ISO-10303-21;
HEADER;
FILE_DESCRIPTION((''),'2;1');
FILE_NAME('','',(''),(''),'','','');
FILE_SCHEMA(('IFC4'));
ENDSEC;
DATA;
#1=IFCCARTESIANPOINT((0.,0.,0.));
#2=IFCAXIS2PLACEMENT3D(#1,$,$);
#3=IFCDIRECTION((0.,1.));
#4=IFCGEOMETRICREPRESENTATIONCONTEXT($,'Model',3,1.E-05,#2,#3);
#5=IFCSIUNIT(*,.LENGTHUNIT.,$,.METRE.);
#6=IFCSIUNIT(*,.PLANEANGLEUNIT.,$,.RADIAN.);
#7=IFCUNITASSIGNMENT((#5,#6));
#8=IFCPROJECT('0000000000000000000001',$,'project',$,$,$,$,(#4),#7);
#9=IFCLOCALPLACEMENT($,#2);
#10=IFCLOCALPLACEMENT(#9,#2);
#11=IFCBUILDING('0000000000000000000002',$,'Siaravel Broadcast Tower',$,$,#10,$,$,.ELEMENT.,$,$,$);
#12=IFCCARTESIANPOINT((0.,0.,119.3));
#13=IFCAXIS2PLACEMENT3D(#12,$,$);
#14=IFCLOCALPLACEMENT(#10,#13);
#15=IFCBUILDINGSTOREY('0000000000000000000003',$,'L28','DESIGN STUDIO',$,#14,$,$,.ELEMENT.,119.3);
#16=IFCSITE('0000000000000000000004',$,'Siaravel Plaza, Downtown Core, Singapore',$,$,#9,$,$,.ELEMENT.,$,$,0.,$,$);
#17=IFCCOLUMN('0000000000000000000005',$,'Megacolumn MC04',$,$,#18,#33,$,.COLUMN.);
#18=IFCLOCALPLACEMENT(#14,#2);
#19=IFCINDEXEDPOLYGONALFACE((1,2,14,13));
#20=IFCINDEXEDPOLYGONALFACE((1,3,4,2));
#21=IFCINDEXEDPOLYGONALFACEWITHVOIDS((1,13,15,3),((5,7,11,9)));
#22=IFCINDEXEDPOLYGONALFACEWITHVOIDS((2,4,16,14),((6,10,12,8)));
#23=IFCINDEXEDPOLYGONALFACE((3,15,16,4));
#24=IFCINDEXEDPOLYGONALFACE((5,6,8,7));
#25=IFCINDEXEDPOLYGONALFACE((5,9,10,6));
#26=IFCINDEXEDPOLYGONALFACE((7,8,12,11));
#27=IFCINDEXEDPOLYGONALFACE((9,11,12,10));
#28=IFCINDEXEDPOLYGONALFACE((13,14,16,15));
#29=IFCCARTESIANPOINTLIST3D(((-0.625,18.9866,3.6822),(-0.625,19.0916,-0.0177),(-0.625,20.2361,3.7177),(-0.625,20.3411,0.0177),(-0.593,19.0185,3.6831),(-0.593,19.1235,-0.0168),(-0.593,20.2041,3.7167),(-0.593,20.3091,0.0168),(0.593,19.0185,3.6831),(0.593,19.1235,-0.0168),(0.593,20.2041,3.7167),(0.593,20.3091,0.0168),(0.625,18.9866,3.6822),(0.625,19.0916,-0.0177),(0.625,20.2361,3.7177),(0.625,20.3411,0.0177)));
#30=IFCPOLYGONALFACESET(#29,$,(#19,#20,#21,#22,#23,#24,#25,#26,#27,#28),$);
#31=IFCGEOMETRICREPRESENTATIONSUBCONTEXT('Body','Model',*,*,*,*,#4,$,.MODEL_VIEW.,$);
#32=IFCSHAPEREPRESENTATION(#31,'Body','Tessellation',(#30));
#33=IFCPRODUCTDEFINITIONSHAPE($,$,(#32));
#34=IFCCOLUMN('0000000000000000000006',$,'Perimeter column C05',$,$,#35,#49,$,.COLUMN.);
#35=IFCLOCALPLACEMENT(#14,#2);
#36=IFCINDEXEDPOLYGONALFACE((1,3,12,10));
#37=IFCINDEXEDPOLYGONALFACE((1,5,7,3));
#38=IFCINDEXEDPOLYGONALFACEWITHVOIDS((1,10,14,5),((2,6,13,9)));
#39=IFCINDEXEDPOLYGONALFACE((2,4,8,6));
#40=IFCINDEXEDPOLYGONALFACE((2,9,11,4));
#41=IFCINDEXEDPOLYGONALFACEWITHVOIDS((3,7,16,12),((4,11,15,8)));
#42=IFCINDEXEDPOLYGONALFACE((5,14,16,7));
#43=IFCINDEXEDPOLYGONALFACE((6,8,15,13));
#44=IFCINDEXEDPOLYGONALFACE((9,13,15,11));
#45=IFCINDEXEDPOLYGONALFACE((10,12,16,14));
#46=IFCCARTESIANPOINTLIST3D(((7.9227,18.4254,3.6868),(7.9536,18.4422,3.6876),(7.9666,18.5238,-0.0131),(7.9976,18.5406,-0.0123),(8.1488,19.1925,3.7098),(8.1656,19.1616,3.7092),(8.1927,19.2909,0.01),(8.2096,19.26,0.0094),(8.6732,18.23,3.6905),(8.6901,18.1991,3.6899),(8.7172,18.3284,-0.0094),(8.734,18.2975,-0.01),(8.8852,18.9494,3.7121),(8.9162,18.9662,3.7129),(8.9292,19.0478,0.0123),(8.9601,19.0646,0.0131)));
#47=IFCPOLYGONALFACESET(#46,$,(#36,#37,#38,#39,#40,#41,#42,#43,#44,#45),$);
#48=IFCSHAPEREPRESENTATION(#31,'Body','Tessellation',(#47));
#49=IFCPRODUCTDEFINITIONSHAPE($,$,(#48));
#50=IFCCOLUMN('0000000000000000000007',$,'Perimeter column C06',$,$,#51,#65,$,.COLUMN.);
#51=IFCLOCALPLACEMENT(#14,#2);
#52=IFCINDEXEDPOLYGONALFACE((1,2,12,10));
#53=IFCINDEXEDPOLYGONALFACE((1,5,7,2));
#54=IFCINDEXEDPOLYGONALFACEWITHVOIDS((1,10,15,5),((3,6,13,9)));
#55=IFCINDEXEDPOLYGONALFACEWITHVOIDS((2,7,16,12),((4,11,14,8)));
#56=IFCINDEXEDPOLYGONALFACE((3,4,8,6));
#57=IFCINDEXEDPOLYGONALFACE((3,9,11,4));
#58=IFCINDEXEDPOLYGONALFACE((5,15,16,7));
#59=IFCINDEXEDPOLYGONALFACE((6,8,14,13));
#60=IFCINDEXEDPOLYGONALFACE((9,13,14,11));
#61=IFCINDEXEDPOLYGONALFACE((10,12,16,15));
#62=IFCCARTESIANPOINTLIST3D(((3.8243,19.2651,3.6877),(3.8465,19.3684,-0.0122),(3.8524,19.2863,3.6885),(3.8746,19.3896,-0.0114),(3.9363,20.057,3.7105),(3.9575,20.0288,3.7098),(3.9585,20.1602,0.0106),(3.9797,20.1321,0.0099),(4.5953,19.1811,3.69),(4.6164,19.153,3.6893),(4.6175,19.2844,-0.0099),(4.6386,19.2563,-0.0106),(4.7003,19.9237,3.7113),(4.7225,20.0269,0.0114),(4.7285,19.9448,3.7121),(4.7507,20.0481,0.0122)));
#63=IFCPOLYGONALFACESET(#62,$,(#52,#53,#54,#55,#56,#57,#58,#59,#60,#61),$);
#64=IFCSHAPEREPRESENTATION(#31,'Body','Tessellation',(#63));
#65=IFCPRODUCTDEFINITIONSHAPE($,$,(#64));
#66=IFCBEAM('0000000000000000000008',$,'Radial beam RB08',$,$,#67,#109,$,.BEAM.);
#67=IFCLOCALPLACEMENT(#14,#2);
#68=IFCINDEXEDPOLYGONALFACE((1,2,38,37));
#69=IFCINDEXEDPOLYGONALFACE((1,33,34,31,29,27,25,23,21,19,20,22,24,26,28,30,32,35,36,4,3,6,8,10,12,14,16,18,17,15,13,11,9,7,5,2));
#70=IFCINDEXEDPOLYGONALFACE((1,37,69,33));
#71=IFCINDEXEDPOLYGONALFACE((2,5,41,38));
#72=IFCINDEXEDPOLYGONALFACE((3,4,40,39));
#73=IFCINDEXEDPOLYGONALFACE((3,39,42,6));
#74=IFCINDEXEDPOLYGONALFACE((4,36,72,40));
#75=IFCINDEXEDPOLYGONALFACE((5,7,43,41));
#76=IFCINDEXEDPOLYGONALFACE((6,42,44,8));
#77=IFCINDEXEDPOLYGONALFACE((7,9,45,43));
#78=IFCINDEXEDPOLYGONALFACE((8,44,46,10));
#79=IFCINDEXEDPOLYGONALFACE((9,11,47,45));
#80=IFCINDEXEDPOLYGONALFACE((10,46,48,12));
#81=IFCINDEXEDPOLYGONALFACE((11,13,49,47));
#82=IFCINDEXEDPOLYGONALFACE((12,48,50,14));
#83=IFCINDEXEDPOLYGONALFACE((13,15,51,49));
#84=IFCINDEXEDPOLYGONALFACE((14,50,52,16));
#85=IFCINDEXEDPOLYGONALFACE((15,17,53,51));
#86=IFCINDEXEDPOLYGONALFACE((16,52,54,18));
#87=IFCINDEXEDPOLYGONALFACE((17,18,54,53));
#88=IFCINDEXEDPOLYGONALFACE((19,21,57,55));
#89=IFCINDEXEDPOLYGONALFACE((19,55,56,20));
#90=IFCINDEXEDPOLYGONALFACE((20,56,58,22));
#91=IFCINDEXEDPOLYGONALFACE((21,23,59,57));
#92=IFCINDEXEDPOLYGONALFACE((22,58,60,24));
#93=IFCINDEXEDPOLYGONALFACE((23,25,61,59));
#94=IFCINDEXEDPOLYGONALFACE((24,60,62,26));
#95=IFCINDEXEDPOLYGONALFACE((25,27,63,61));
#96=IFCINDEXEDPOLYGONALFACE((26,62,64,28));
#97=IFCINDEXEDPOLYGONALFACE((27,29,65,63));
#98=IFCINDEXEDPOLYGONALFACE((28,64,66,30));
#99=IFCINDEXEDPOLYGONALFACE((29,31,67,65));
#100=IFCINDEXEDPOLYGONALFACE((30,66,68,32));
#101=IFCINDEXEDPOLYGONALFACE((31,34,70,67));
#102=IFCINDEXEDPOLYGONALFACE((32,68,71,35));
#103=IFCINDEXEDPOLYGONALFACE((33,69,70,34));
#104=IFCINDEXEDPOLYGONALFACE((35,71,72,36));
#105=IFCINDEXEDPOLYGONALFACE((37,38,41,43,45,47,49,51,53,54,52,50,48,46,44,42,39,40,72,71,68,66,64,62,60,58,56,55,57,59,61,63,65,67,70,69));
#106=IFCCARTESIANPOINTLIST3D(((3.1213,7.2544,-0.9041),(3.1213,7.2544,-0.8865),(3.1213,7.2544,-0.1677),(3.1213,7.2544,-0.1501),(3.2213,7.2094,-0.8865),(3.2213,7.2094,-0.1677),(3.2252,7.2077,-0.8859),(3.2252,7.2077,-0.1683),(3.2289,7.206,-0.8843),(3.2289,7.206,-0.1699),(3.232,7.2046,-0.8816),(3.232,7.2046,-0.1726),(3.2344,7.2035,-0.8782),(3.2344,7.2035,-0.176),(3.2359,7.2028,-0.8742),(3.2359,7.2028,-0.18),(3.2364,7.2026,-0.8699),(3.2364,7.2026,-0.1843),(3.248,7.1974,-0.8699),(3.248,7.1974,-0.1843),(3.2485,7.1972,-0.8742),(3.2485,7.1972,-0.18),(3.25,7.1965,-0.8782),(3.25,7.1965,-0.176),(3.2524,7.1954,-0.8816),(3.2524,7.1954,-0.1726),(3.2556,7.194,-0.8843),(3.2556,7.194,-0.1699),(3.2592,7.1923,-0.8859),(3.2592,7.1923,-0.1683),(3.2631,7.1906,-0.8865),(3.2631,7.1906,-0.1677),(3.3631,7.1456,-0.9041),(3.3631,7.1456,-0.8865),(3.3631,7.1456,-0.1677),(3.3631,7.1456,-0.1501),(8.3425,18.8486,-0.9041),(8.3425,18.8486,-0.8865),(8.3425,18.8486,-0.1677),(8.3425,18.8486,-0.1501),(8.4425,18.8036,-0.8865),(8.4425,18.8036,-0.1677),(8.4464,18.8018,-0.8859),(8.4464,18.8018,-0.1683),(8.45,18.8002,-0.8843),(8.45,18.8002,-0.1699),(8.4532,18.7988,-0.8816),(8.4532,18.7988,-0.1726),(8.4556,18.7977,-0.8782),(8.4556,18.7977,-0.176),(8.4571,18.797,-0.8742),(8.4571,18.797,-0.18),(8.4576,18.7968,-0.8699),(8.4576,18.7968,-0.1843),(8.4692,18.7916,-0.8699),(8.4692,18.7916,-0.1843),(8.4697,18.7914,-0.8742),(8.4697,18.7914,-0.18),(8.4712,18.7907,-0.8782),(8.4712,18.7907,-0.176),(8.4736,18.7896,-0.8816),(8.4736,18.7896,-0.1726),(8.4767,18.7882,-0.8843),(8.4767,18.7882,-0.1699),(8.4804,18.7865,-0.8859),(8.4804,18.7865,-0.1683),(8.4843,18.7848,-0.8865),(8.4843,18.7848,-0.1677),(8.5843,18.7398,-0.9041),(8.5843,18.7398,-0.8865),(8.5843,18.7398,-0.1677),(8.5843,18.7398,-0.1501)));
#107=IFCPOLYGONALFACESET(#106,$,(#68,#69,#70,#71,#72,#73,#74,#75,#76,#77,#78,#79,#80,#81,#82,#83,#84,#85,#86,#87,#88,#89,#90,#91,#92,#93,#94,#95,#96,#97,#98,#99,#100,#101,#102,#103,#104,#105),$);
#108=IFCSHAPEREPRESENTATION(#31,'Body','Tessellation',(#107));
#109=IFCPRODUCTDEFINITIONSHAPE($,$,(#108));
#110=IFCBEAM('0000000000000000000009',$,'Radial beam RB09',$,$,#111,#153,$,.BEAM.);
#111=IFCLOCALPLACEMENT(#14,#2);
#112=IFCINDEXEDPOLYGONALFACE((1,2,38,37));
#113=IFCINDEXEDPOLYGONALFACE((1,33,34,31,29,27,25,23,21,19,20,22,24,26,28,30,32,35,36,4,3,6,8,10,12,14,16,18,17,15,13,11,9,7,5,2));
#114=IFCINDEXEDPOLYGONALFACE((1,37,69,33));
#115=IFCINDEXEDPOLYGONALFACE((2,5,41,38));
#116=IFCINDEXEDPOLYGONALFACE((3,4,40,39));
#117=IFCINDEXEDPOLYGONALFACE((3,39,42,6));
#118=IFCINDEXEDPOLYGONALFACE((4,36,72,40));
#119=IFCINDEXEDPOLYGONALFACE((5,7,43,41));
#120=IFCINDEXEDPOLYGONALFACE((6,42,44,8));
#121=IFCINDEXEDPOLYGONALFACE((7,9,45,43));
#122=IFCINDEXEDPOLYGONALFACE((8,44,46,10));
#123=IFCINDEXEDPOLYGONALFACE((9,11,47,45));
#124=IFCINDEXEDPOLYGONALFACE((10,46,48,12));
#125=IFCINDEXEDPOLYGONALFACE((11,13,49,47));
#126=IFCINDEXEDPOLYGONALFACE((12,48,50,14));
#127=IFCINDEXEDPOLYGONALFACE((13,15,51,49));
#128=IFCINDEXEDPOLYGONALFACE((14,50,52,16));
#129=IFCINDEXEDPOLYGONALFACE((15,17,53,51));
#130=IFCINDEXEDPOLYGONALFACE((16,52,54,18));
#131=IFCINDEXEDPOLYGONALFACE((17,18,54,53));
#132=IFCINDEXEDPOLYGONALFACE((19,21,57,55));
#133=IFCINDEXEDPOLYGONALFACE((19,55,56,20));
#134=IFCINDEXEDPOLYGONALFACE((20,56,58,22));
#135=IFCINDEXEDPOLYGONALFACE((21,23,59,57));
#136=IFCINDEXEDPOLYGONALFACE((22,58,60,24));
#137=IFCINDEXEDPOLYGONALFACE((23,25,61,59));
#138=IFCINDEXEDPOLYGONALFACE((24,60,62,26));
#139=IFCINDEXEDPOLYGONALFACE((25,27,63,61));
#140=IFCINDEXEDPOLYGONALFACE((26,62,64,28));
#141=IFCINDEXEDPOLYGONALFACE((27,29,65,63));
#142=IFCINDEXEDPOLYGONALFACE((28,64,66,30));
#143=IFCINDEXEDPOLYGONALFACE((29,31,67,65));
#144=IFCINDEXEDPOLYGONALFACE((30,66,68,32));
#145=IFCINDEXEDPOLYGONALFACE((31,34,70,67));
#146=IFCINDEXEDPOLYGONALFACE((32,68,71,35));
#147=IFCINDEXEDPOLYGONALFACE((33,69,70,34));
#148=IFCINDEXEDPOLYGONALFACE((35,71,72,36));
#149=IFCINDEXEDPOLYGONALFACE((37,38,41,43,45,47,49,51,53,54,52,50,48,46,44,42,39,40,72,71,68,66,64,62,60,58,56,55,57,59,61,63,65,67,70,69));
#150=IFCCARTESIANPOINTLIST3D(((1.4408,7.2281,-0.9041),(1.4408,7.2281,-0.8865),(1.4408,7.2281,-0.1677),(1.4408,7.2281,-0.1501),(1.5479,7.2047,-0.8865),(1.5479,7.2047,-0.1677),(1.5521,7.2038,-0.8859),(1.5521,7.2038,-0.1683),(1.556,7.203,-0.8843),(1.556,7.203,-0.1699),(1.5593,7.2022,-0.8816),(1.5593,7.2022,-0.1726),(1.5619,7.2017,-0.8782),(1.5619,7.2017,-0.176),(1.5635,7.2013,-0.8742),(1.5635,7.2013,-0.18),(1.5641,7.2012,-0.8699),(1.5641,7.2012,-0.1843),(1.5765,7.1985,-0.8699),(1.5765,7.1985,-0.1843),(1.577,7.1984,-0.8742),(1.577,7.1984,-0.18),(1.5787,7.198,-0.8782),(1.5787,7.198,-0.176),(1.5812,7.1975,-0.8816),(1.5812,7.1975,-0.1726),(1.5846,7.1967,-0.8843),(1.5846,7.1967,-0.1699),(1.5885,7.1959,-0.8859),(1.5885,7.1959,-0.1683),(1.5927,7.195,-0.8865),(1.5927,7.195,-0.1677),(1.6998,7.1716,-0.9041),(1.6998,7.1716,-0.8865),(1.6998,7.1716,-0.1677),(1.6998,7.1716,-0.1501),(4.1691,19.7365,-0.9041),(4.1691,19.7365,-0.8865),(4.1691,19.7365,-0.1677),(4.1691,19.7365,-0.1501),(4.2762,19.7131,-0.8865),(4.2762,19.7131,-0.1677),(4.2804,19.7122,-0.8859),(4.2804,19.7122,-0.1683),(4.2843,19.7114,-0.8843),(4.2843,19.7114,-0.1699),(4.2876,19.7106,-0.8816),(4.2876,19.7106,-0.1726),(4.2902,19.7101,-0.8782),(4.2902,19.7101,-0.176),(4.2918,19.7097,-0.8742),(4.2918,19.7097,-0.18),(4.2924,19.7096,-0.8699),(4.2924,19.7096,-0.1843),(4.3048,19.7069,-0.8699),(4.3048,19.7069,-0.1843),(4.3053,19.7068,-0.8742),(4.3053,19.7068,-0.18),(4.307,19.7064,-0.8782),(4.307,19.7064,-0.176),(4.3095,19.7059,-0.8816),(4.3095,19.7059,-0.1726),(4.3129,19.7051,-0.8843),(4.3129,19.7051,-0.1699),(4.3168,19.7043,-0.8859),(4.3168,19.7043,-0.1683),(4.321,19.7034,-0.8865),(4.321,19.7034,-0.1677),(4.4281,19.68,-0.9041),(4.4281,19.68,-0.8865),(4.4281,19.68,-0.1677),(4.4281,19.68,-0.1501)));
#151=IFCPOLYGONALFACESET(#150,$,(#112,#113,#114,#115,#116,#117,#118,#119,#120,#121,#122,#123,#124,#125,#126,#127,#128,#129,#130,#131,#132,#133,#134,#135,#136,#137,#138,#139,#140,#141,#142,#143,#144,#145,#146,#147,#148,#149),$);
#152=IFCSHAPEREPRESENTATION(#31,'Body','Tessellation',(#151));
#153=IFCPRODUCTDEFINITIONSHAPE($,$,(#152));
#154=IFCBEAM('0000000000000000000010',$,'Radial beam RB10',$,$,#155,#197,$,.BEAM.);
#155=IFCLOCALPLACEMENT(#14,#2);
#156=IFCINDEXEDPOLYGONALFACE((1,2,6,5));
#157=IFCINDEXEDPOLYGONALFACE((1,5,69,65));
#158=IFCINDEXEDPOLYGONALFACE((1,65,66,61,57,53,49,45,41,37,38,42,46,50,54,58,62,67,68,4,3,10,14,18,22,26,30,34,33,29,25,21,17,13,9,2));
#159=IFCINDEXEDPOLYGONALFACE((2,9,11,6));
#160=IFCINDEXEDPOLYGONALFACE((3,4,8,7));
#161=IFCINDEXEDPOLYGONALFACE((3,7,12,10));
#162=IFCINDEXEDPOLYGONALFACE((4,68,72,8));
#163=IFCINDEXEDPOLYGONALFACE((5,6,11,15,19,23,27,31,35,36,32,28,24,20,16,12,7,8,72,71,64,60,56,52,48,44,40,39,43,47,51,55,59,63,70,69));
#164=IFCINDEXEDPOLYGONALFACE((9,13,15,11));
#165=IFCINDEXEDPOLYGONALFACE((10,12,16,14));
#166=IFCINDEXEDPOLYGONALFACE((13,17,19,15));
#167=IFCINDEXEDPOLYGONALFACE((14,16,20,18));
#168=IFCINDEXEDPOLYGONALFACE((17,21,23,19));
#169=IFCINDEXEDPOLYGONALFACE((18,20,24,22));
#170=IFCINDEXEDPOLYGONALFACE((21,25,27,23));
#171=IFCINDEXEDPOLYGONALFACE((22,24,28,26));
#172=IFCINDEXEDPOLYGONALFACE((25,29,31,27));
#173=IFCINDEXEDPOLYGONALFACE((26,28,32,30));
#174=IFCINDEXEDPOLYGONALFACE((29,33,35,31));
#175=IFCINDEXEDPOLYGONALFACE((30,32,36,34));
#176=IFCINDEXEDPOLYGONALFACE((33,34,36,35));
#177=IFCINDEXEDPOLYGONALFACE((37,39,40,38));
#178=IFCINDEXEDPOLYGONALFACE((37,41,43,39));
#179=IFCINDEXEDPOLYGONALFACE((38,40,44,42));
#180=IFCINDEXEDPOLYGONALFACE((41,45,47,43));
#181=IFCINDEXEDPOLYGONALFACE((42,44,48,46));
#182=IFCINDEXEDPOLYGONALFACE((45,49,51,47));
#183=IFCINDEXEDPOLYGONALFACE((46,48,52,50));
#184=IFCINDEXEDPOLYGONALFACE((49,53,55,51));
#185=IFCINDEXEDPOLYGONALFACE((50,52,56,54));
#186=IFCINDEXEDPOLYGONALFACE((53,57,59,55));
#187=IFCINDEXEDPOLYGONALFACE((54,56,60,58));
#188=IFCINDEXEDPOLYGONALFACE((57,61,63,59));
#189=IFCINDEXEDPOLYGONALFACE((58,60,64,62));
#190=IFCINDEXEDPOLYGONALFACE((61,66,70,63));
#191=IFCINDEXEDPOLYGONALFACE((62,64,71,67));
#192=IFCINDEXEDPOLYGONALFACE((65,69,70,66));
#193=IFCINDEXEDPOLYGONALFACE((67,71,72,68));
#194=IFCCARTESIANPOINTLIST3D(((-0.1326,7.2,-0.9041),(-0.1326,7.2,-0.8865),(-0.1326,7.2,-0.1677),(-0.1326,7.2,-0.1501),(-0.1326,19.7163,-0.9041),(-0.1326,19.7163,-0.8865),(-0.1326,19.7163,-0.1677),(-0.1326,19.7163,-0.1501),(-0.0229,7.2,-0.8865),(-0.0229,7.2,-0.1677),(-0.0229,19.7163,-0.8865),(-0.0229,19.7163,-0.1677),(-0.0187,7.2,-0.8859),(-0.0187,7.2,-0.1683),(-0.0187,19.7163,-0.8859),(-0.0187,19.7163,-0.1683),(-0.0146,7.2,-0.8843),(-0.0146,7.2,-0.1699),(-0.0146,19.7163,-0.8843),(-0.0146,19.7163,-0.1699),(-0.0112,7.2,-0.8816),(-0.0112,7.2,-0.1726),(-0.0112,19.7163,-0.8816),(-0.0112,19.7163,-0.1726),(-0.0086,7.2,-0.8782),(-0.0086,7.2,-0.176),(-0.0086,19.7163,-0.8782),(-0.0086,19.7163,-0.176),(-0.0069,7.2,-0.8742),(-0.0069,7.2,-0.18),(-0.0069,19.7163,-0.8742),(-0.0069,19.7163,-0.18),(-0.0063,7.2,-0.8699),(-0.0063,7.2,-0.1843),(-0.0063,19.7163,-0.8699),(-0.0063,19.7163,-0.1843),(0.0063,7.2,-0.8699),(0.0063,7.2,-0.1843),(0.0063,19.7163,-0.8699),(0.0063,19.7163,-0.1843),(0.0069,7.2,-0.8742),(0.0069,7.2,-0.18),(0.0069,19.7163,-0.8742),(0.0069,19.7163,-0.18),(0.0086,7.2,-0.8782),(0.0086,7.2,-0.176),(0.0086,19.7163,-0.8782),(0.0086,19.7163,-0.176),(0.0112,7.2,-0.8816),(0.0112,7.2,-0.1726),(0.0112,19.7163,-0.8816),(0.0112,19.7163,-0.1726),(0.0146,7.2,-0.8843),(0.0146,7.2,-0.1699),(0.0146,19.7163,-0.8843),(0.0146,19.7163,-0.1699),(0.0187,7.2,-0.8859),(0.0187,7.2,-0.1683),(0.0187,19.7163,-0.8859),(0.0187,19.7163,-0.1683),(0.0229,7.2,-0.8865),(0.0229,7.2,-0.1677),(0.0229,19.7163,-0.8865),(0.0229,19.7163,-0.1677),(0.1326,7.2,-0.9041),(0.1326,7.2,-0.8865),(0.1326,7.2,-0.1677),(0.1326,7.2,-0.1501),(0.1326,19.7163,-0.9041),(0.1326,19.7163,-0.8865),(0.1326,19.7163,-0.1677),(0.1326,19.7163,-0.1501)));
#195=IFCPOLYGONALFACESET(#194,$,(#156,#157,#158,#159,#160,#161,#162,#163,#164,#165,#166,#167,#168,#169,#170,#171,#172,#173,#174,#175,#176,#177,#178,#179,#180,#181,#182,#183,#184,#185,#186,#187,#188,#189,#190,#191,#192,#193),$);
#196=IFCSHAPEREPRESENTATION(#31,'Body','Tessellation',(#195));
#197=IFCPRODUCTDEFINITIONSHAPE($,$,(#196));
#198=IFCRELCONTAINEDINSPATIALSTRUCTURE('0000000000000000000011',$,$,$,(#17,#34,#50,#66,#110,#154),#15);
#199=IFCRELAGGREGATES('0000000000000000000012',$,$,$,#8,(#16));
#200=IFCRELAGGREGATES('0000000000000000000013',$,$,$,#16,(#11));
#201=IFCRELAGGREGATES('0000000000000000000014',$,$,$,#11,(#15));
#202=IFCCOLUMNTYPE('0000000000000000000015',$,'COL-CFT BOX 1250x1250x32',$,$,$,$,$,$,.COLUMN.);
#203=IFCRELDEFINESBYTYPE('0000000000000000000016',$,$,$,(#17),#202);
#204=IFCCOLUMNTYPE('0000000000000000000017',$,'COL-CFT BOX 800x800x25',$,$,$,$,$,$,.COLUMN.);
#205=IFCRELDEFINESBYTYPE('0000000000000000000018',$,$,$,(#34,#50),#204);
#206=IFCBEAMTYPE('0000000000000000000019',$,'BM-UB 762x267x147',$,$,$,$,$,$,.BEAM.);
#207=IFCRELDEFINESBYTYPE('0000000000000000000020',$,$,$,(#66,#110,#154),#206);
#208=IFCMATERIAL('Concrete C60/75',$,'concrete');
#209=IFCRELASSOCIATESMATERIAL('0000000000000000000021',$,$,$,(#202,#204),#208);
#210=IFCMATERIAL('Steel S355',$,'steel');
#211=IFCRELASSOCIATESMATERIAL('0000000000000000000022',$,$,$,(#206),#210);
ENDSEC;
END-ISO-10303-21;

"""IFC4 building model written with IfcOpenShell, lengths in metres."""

from ifc_helpers import new_model, si_unit, direction, frame, origin, origin_2d, place, context, subcontext, project, spatial, hollow_rectangle, i_section, extrude, material, material_profile, profile_set, type_object, element, save


model = new_model("IFC4")

# Units and contexts
model_context = context("Model", 3, precision=1e-05, world=origin(), true_north=direction((0.0, 1.0)))
body_context = subcontext(model_context, "Body", "Model", "MODEL_VIEW")
ifc_project = project(units=[si_unit("LENGTHUNIT", "METRE"), si_unit("PLANEANGLEUNIT", "RADIAN")], contexts=[model_context])

# Site, building, storey
site_placement = place(None, origin())
site = spatial("IfcSite", under=ifc_project, at=site_placement, Name="Siaravel Plaza, Downtown Core, Singapore", CompositionType="ELEMENT", RefElevation=0.0)
building_placement = place(site_placement, origin())
building = spatial("IfcBuilding", under=site, at=building_placement, Name="Siaravel Broadcast Tower", CompositionType="ELEMENT")
storey_placement = place(building_placement, frame((0.0, 0.0, 119.3)))
storey = spatial("IfcBuildingStorey", under=building, at=storey_placement, Name="L28", Description="DESIGN STUDIO", CompositionType="ELEMENT", Elevation=119.3)

# Columns
ifc_material_1 = material(Name="Concrete C60/75", Category="concrete")
ifc_material_profile_1 = material_profile(ifc_material_1, hollow_rectangle(XDim=1.25, YDim=1.25, WallThickness=0.032, at=origin_2d()))
ifc_profile_set_1 = profile_set([ifc_material_profile_1], Name="Concrete C60/75")
column_type_1 = type_object("IfcColumnType", Name="COL-CFT BOX 1250x1250x32", PredefinedType="COLUMN", material=ifc_profile_set_1)
column_placement = place(storey_placement, frame((0.0, 19.7163, 0.0), z_axis=(0.0, -0.028362, 0.999598), x_axis=(1.0, 0.0, 0.0)))
element("IfcColumn", 1, at=column_placement, inside=storey, type_object=column_type_1, Name="Megacolumn MC04", PredefinedType="COLUMN", context=body_context, shape_type="SweptSolid", body=[
    extrude(hollow_rectangle(XDim=1.25, YDim=1.25, WallThickness=0.032, at=origin_2d()), origin(), (0.0, 0.0, 1.0), 3.7014),
])
ifc_material_profile_2 = material_profile(ifc_material_1, hollow_rectangle(XDim=0.8, YDim=0.8, WallThickness=0.0249, at=origin_2d()))
ifc_profile_set_2 = profile_set([ifc_material_profile_2], Name="Concrete C60/75")
column_type_2 = type_object("IfcColumnType", Name="COL-CFT BOX 800x800x25", PredefinedType="COLUMN", material=ifc_profile_set_2)
for number, where, z_axis, x_axis, name in (
    (2, (8.4634, 18.7942, 0.0), (-0.011872, -0.026581, 0.999576), (0.959163, -0.282827, 0.003871), "Perimeter column C05"),
    (3, (4.2986, 19.7083, 0.0), (-0.006002, -0.0279, 0.999593), (0.990128, -0.140152, 0.002033), "Perimeter column C06"),
):
    element("IfcColumn", number, at=place(storey_placement, frame(where, z_axis=z_axis, x_axis=x_axis)), inside=storey, type_object=column_type_2, Name=name, PredefinedType="COLUMN", context=body_context, shape_type="SweptSolid", body=[
        extrude(hollow_rectangle(XDim=0.8, YDim=0.8, WallThickness=0.0249, at=origin_2d()), origin(), (0.0, 0.0, 1.0), 3.7014),
    ])

# Beams
ifc_material_2 = material(Name="Steel S355", Category="steel")
ifc_material_profile_3 = material_profile(ifc_material_2, i_section(OverallWidth=0.2651, OverallDepth=0.7539, WebThickness=0.0127, FlangeThickness=0.0176, FilletRadius=0.0166, at=origin_2d()))
ifc_profile_set_3 = profile_set([ifc_material_profile_3], Name="Steel S355")
beam_type = type_object("IfcBeamType", Name="BM-UB 762x267x147", PredefinedType="BEAM", material=ifc_profile_set_3)
beam_1_placement = place(storey_placement, frame((8.4634, 18.7942, -0.5271), z_axis=(-0.410612, -0.91181, 0.0), x_axis=(0.91181, -0.410612, 0.0)))
element("IfcBeam", 4, at=beam_1_placement, inside=storey, type_object=beam_type, Name="Radial beam RB08", PredefinedType="BEAM", context=body_context, shape_type="SweptSolid", body=[
    extrude(i_section(OverallWidth=0.2651, OverallDepth=0.7539, WebThickness=0.0127, FlangeThickness=0.0176, FilletRadius=0.0166, at=origin_2d()), origin(), (0.0, 0.0, 1.0), 12.7156),
])
beam_2_placement = place(storey_placement, frame((4.2986, 19.7083, -0.5271), z_axis=(-0.213107, -0.977029, 0.0), x_axis=(0.977029, -0.213107, 0.0)))
element("IfcBeam", 5, at=beam_2_placement, inside=storey, type_object=beam_type, Name="Radial beam RB09", PredefinedType="BEAM", context=body_context, shape_type="SweptSolid", body=[
    extrude(i_section(OverallWidth=0.2651, OverallDepth=0.7539, WebThickness=0.0127, FlangeThickness=0.0176, FilletRadius=0.0166, at=origin_2d()), origin(), (0.0, 0.0, 1.0), 12.8025),
])
beam_3_placement = place(storey_placement, frame((0.0, 19.7163, -0.5271), z_axis=(0.0, -1.0, 0.0), x_axis=(1.0, 0.0, 0.0)))
element("IfcBeam", 6, at=beam_3_placement, inside=storey, type_object=beam_type, Name="Radial beam RB10", PredefinedType="BEAM", context=body_context, shape_type="SweptSolid", body=[
    extrude(i_section(OverallWidth=0.2651, OverallDepth=0.7539, WebThickness=0.0127, FlangeThickness=0.0176, FilletRadius=0.0166, at=origin_2d()), origin(), (0.0, 0.0, 1.0), 12.5164),
])

save(model, "model.ifc")
